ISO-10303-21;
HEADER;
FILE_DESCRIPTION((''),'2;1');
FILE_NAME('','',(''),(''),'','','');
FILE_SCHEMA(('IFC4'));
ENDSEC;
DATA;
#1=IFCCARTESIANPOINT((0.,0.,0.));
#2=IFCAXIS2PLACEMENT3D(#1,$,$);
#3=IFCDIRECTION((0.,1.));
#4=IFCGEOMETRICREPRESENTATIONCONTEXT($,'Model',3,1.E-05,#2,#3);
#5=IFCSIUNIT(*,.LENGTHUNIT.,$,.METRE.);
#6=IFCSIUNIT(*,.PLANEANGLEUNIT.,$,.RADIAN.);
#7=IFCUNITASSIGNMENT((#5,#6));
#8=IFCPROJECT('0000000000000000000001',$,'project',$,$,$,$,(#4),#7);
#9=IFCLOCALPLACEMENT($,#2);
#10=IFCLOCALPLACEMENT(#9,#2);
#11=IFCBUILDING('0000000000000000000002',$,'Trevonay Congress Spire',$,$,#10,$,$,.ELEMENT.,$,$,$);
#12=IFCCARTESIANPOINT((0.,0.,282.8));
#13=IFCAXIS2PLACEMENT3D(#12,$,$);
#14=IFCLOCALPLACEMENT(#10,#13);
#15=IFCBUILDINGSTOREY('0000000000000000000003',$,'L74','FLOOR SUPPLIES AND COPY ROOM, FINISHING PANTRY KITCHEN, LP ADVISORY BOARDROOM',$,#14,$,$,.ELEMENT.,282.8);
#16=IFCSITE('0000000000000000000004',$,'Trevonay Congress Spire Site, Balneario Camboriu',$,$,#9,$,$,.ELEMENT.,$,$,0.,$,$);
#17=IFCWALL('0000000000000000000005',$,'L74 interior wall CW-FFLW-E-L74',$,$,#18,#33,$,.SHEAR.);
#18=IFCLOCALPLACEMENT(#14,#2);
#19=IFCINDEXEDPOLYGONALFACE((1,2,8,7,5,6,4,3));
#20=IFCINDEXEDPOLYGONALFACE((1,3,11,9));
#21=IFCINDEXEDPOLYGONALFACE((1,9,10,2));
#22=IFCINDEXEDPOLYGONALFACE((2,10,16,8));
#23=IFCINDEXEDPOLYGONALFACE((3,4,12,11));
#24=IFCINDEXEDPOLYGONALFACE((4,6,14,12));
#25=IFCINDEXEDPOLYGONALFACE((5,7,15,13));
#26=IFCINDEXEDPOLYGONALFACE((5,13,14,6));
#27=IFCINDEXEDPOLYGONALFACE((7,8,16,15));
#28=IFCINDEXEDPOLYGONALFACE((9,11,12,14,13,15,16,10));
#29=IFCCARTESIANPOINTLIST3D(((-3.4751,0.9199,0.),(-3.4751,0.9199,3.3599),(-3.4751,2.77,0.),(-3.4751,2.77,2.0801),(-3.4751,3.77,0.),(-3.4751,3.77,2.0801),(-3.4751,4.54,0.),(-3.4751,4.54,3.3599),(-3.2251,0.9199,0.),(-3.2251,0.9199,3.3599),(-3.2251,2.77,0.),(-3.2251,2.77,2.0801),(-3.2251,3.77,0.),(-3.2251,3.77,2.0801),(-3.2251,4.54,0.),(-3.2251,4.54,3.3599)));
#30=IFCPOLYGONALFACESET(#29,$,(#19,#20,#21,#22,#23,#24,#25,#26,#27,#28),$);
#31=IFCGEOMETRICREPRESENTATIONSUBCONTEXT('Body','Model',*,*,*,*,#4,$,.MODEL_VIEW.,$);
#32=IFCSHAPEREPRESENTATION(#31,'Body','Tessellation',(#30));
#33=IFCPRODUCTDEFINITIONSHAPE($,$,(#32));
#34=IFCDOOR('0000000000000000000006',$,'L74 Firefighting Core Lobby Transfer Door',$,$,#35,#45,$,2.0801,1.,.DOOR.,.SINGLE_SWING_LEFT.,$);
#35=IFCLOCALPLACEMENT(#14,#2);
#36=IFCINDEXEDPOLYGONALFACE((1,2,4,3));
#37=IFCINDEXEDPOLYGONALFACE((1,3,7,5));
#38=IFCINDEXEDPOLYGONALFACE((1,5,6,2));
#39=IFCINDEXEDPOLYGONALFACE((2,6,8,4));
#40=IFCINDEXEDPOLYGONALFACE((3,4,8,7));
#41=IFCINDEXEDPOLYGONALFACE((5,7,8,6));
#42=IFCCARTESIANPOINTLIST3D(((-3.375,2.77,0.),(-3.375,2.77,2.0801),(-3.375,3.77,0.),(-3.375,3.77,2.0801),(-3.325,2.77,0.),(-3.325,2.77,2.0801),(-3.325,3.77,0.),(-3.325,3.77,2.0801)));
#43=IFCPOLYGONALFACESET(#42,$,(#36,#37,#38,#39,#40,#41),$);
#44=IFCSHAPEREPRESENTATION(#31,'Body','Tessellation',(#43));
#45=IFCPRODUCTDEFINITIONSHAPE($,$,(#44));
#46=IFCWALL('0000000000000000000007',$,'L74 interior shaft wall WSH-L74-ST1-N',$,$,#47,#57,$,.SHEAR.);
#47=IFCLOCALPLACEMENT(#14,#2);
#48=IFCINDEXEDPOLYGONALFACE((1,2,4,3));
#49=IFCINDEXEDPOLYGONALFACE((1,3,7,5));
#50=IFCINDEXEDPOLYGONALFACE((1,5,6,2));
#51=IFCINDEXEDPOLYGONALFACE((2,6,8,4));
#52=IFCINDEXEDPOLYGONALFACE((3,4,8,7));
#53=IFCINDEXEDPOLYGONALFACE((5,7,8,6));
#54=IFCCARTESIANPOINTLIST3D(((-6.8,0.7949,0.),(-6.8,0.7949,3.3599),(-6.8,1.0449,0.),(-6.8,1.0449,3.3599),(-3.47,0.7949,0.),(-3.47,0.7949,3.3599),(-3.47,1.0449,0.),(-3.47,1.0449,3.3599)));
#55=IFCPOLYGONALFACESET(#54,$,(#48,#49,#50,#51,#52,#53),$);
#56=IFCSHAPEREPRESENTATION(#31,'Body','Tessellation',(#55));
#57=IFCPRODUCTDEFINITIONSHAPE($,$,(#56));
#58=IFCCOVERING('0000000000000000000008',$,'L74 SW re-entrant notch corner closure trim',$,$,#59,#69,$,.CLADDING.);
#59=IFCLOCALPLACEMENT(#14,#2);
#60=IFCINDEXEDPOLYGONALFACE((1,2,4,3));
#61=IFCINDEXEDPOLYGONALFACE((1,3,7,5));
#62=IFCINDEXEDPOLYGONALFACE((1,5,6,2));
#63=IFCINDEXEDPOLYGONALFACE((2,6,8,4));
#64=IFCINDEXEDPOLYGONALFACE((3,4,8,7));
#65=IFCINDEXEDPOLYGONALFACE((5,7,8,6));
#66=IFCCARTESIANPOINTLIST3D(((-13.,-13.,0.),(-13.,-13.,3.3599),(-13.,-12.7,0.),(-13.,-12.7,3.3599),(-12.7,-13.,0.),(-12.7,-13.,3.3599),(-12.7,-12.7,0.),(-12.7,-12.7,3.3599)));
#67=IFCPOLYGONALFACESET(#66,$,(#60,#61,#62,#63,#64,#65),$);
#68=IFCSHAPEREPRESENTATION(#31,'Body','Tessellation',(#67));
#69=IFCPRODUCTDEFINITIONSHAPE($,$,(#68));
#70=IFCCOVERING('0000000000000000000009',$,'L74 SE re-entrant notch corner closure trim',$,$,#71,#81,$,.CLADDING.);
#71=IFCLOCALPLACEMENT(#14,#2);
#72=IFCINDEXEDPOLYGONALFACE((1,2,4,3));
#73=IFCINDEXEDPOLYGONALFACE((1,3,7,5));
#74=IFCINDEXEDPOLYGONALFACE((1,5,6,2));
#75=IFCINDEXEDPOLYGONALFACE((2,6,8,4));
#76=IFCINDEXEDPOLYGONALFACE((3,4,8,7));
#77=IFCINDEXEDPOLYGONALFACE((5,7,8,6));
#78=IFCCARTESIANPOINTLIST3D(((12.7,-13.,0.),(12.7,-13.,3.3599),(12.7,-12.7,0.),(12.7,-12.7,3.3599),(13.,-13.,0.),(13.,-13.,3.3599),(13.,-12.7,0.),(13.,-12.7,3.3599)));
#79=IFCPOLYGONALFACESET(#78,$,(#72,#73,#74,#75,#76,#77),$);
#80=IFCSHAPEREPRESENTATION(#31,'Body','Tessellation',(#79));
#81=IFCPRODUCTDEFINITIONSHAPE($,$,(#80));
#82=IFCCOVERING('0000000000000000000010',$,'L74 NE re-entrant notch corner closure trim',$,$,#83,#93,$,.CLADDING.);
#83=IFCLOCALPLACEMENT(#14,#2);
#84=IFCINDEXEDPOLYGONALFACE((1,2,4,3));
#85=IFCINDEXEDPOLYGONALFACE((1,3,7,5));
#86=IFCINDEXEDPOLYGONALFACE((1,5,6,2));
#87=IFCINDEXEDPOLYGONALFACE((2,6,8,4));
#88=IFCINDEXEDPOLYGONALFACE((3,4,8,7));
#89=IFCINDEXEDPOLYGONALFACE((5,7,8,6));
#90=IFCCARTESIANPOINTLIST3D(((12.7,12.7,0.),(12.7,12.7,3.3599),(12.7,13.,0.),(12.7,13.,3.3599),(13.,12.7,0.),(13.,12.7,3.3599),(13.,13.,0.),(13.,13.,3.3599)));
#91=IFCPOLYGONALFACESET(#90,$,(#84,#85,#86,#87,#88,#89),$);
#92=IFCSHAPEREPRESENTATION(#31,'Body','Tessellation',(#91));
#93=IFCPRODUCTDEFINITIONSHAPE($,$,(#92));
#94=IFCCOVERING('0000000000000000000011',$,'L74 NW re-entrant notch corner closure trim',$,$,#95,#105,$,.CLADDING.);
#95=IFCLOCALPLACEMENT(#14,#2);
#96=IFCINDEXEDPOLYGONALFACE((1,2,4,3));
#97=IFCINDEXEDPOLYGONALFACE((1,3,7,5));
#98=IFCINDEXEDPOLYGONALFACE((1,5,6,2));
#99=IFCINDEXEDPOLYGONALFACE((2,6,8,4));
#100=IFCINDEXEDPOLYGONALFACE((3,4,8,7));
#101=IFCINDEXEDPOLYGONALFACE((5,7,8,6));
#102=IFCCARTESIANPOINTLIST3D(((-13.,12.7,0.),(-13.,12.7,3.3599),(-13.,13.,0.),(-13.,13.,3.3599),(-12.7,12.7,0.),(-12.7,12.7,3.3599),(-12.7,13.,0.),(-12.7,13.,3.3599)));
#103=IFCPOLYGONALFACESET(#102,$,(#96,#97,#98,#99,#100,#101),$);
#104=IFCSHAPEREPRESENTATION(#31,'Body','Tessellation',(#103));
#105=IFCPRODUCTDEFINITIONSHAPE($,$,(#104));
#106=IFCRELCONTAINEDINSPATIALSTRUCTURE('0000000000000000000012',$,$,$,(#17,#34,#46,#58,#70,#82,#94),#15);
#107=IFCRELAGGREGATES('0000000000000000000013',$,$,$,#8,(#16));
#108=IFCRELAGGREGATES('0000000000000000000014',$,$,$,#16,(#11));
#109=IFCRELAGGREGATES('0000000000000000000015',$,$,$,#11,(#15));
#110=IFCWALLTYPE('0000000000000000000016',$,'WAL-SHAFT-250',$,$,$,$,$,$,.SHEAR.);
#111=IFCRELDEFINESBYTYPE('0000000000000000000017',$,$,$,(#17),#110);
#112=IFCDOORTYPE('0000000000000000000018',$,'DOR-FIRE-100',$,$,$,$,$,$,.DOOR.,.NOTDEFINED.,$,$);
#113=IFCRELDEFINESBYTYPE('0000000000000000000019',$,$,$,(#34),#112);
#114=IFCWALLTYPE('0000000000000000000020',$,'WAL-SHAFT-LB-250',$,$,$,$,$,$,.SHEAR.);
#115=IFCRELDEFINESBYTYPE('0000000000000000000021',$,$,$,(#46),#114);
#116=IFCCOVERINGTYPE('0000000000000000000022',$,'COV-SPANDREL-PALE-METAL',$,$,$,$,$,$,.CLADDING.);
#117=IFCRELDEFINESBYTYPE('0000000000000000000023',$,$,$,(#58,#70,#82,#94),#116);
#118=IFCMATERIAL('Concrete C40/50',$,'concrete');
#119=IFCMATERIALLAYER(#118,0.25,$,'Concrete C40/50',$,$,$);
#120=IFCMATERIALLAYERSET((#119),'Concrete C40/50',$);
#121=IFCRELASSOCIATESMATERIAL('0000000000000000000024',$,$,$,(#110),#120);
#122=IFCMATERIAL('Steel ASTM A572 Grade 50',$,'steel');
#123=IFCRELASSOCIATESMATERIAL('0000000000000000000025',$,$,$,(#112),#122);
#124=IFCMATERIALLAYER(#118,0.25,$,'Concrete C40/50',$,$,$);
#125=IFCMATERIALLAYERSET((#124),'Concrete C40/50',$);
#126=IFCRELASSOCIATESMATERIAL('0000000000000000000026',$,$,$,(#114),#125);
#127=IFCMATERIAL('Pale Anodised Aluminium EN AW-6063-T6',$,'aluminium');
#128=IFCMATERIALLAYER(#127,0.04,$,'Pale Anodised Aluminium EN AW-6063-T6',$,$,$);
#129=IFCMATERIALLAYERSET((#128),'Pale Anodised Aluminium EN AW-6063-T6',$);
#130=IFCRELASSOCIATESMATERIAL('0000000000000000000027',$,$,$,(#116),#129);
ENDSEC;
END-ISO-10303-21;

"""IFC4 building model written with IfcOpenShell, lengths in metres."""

from ifc_helpers import new_model, si_unit, direction, frame, frame_2d, origin, place, context, subcontext, project, spatial, polyline, rectangle, outline, extrude, material, layer, layer_set, type_object, element, fill, save


model = new_model("IFC4")

# Units and contexts
model_context = context("Model", 3, precision=1e-05, world=origin(), true_north=direction((0.0, 1.0)))
body_context = subcontext(model_context, "Body", "Model", "MODEL_VIEW")
ifc_project = project(units=[si_unit("LENGTHUNIT", "METRE"), si_unit("PLANEANGLEUNIT", "RADIAN")], contexts=[model_context])

# Site, building, storey
site_placement = place(None, origin())
site = spatial("IfcSite", under=ifc_project, at=site_placement, Name="Trevonay Congress Spire Site, Balneario Camboriu", CompositionType="ELEMENT", RefElevation=0.0)
building_placement = place(site_placement, origin())
building = spatial("IfcBuilding", under=site, at=building_placement, Name="Trevonay Congress Spire", CompositionType="ELEMENT")
storey_placement = place(building_placement, frame((0.0, 0.0, 282.8)))
storey = spatial("IfcBuildingStorey", under=building, at=storey_placement, Name="L74", Description="FLOOR SUPPLIES AND COPY ROOM, FINISHING PANTRY KITCHEN, LP ADVISORY BOARDROOM", CompositionType="ELEMENT", Elevation=282.8)

# Shared definitions
ifc_material_1 = material(Name="Steel ASTM A572 Grade 50", Category="steel")

# Shared definitions
ifc_material_2 = material(Name="Concrete C40/50", Category="concrete")

# Shared definitions
ifc_layer_1 = layer(ifc_material_2, 0.25, Name="Concrete C40/50")
ifc_layer_set_1 = layer_set([ifc_layer_1], Name="Concrete C40/50")
wall_type_1 = type_object("IfcWallType", Name="WAL-SHAFT-250", PredefinedType="SHEAR", material=ifc_layer_set_1)
ifc_material_3 = material(Name="Pale Anodised Aluminium EN AW-6063-T6", Category="aluminium")

# Wall, opening, door
wall_1_placement = place(storey_placement, frame((-3.3501, 0.9199, 0.0), z_axis=(0.0, 0.0, 1.0), x_axis=(0.0, 1.0, 0.0)))
wall_1 = element("IfcWall", 1, at=wall_1_placement, inside=storey, type_object=wall_type_1, Name="L74 interior wall CW-FFLW-E-L74", PredefinedType="SHEAR", context=body_context, shape_type="SweptSolid", body=[
    extrude(rectangle(XDim=3.6201, YDim=0.25, at=frame_2d((1.8101, 0.0))), origin(), (0.0, 0.0, 1.0), 3.3599),
])
opening_1_placement = place(wall_1_placement, frame((1.8501, 0.0, 0.0)))
opening_1 = element("IfcOpeningElement", 2, at=opening_1_placement, cuts=wall_1, PredefinedType="OPENING", context=body_context, shape_type="SweptSolid", body=[
    extrude(rectangle(XDim=1.0, YDim=2.0801, at=frame_2d((0.5, 1.04))), frame((0.0, 0.135, 0.0), z_axis=(0.0, -1.0, 0.0), x_axis=(1.0, 0.0, 0.0)), (0.0, 0.0, 1.0), 0.27),
])
door_type_1 = type_object("IfcDoorType", Name="DOR-FIRE-100", OperationType="NOTDEFINED", PredefinedType="DOOR", material=ifc_material_1)
door_1_placement = place(opening_1_placement, origin())
door_1 = element("IfcDoor", 3, at=door_1_placement, inside=storey, type_object=door_type_1, Name="L74 Firefighting Core Lobby Transfer Door", OperationType="SINGLE_SWING_LEFT", OverallHeight=2.0801, OverallWidth=1.0, PredefinedType="DOOR", context=body_context, shape_type="SweptSolid", body=[
    extrude(rectangle(XDim=1.0, YDim=2.0801, at=frame_2d((0.5, 1.04))), frame((0.0, 0.0249, 0.0), z_axis=(0.0, -1.0, 0.0), x_axis=(1.0, 0.0, 0.0)), (0.0, 0.0, 1.0), 0.05),
])
fill(opening_1, door_1)

# Wall
ifc_layer_2 = layer(ifc_material_2, 0.25, Name="Concrete C40/50")
ifc_layer_set_2 = layer_set([ifc_layer_2], Name="Concrete C40/50")
wall_type_2 = type_object("IfcWallType", Name="WAL-SHAFT-LB-250", PredefinedType="SHEAR", material=ifc_layer_set_2)
wall_2_placement = place(storey_placement, frame((-6.8, 0.9199, 0.0), z_axis=(0.0, 0.0, 1.0), x_axis=(1.0, 0.0, 0.0)))
element("IfcWall", 4, at=wall_2_placement, inside=storey, type_object=wall_type_2, Name="L74 interior shaft wall WSH-L74-ST1-N", PredefinedType="SHEAR", context=body_context, shape_type="SweptSolid", body=[
    extrude(rectangle(XDim=3.3301, YDim=0.25, at=frame_2d((1.665, 0.0))), origin(), (0.0, 0.0, 1.0), 3.3599),
])

# Coverings
ifc_layer_3 = layer(ifc_material_3, 0.04, Name="Pale Anodised Aluminium EN AW-6063-T6")
ifc_layer_set_3 = layer_set([ifc_layer_3], Name="Pale Anodised Aluminium EN AW-6063-T6")
covering_type = type_object("IfcCoveringType", Name="COV-SPANDREL-PALE-METAL", PredefinedType="CLADDING", material=ifc_layer_set_3)
covering_1_placement = place(storey_placement, origin())
element("IfcCovering", 5, at=covering_1_placement, inside=storey, type_object=covering_type, Name="L74 SW re-entrant notch corner closure trim", PredefinedType="CLADDING", context=body_context, shape_type="SweptSolid", body=[
    extrude(outline(polyline([(-13.0, -13.0), (-12.7, -13.0), (-12.7, -12.7), (-13.0, -12.7), (-13.0, -13.0)])), origin(), (0.0, 0.0, 1.0), 3.3599),
])
covering_2_placement = place(storey_placement, origin())
element("IfcCovering", 6, at=covering_2_placement, inside=storey, type_object=covering_type, Name="L74 SE re-entrant notch corner closure trim", PredefinedType="CLADDING", context=body_context, shape_type="SweptSolid", body=[
    extrude(outline(polyline([(12.7, -13.0), (13.0, -13.0), (13.0, -12.7), (12.7, -12.7), (12.7, -13.0)])), origin(), (0.0, 0.0, 1.0), 3.3599),
])
covering_3_placement = place(storey_placement, origin())
element("IfcCovering", 7, at=covering_3_placement, inside=storey, type_object=covering_type, Name="L74 NE re-entrant notch corner closure trim", PredefinedType="CLADDING", context=body_context, shape_type="SweptSolid", body=[
    extrude(outline(polyline([(12.7, 12.7), (13.0, 12.7), (13.0, 13.0), (12.7, 13.0), (12.7, 12.7)])), origin(), (0.0, 0.0, 1.0), 3.3599),
])
covering_4_placement = place(storey_placement, origin())
element("IfcCovering", 8, at=covering_4_placement, inside=storey, type_object=covering_type, Name="L74 NW re-entrant notch corner closure trim", PredefinedType="CLADDING", context=body_context, shape_type="SweptSolid", body=[
    extrude(outline(polyline([(-13.0, 12.7), (-12.7, 12.7), (-12.7, 13.0), (-13.0, 13.0), (-13.0, 12.7)])), origin(), (0.0, 0.0, 1.0), 3.3599),
])

save(model, "model.ifc")
